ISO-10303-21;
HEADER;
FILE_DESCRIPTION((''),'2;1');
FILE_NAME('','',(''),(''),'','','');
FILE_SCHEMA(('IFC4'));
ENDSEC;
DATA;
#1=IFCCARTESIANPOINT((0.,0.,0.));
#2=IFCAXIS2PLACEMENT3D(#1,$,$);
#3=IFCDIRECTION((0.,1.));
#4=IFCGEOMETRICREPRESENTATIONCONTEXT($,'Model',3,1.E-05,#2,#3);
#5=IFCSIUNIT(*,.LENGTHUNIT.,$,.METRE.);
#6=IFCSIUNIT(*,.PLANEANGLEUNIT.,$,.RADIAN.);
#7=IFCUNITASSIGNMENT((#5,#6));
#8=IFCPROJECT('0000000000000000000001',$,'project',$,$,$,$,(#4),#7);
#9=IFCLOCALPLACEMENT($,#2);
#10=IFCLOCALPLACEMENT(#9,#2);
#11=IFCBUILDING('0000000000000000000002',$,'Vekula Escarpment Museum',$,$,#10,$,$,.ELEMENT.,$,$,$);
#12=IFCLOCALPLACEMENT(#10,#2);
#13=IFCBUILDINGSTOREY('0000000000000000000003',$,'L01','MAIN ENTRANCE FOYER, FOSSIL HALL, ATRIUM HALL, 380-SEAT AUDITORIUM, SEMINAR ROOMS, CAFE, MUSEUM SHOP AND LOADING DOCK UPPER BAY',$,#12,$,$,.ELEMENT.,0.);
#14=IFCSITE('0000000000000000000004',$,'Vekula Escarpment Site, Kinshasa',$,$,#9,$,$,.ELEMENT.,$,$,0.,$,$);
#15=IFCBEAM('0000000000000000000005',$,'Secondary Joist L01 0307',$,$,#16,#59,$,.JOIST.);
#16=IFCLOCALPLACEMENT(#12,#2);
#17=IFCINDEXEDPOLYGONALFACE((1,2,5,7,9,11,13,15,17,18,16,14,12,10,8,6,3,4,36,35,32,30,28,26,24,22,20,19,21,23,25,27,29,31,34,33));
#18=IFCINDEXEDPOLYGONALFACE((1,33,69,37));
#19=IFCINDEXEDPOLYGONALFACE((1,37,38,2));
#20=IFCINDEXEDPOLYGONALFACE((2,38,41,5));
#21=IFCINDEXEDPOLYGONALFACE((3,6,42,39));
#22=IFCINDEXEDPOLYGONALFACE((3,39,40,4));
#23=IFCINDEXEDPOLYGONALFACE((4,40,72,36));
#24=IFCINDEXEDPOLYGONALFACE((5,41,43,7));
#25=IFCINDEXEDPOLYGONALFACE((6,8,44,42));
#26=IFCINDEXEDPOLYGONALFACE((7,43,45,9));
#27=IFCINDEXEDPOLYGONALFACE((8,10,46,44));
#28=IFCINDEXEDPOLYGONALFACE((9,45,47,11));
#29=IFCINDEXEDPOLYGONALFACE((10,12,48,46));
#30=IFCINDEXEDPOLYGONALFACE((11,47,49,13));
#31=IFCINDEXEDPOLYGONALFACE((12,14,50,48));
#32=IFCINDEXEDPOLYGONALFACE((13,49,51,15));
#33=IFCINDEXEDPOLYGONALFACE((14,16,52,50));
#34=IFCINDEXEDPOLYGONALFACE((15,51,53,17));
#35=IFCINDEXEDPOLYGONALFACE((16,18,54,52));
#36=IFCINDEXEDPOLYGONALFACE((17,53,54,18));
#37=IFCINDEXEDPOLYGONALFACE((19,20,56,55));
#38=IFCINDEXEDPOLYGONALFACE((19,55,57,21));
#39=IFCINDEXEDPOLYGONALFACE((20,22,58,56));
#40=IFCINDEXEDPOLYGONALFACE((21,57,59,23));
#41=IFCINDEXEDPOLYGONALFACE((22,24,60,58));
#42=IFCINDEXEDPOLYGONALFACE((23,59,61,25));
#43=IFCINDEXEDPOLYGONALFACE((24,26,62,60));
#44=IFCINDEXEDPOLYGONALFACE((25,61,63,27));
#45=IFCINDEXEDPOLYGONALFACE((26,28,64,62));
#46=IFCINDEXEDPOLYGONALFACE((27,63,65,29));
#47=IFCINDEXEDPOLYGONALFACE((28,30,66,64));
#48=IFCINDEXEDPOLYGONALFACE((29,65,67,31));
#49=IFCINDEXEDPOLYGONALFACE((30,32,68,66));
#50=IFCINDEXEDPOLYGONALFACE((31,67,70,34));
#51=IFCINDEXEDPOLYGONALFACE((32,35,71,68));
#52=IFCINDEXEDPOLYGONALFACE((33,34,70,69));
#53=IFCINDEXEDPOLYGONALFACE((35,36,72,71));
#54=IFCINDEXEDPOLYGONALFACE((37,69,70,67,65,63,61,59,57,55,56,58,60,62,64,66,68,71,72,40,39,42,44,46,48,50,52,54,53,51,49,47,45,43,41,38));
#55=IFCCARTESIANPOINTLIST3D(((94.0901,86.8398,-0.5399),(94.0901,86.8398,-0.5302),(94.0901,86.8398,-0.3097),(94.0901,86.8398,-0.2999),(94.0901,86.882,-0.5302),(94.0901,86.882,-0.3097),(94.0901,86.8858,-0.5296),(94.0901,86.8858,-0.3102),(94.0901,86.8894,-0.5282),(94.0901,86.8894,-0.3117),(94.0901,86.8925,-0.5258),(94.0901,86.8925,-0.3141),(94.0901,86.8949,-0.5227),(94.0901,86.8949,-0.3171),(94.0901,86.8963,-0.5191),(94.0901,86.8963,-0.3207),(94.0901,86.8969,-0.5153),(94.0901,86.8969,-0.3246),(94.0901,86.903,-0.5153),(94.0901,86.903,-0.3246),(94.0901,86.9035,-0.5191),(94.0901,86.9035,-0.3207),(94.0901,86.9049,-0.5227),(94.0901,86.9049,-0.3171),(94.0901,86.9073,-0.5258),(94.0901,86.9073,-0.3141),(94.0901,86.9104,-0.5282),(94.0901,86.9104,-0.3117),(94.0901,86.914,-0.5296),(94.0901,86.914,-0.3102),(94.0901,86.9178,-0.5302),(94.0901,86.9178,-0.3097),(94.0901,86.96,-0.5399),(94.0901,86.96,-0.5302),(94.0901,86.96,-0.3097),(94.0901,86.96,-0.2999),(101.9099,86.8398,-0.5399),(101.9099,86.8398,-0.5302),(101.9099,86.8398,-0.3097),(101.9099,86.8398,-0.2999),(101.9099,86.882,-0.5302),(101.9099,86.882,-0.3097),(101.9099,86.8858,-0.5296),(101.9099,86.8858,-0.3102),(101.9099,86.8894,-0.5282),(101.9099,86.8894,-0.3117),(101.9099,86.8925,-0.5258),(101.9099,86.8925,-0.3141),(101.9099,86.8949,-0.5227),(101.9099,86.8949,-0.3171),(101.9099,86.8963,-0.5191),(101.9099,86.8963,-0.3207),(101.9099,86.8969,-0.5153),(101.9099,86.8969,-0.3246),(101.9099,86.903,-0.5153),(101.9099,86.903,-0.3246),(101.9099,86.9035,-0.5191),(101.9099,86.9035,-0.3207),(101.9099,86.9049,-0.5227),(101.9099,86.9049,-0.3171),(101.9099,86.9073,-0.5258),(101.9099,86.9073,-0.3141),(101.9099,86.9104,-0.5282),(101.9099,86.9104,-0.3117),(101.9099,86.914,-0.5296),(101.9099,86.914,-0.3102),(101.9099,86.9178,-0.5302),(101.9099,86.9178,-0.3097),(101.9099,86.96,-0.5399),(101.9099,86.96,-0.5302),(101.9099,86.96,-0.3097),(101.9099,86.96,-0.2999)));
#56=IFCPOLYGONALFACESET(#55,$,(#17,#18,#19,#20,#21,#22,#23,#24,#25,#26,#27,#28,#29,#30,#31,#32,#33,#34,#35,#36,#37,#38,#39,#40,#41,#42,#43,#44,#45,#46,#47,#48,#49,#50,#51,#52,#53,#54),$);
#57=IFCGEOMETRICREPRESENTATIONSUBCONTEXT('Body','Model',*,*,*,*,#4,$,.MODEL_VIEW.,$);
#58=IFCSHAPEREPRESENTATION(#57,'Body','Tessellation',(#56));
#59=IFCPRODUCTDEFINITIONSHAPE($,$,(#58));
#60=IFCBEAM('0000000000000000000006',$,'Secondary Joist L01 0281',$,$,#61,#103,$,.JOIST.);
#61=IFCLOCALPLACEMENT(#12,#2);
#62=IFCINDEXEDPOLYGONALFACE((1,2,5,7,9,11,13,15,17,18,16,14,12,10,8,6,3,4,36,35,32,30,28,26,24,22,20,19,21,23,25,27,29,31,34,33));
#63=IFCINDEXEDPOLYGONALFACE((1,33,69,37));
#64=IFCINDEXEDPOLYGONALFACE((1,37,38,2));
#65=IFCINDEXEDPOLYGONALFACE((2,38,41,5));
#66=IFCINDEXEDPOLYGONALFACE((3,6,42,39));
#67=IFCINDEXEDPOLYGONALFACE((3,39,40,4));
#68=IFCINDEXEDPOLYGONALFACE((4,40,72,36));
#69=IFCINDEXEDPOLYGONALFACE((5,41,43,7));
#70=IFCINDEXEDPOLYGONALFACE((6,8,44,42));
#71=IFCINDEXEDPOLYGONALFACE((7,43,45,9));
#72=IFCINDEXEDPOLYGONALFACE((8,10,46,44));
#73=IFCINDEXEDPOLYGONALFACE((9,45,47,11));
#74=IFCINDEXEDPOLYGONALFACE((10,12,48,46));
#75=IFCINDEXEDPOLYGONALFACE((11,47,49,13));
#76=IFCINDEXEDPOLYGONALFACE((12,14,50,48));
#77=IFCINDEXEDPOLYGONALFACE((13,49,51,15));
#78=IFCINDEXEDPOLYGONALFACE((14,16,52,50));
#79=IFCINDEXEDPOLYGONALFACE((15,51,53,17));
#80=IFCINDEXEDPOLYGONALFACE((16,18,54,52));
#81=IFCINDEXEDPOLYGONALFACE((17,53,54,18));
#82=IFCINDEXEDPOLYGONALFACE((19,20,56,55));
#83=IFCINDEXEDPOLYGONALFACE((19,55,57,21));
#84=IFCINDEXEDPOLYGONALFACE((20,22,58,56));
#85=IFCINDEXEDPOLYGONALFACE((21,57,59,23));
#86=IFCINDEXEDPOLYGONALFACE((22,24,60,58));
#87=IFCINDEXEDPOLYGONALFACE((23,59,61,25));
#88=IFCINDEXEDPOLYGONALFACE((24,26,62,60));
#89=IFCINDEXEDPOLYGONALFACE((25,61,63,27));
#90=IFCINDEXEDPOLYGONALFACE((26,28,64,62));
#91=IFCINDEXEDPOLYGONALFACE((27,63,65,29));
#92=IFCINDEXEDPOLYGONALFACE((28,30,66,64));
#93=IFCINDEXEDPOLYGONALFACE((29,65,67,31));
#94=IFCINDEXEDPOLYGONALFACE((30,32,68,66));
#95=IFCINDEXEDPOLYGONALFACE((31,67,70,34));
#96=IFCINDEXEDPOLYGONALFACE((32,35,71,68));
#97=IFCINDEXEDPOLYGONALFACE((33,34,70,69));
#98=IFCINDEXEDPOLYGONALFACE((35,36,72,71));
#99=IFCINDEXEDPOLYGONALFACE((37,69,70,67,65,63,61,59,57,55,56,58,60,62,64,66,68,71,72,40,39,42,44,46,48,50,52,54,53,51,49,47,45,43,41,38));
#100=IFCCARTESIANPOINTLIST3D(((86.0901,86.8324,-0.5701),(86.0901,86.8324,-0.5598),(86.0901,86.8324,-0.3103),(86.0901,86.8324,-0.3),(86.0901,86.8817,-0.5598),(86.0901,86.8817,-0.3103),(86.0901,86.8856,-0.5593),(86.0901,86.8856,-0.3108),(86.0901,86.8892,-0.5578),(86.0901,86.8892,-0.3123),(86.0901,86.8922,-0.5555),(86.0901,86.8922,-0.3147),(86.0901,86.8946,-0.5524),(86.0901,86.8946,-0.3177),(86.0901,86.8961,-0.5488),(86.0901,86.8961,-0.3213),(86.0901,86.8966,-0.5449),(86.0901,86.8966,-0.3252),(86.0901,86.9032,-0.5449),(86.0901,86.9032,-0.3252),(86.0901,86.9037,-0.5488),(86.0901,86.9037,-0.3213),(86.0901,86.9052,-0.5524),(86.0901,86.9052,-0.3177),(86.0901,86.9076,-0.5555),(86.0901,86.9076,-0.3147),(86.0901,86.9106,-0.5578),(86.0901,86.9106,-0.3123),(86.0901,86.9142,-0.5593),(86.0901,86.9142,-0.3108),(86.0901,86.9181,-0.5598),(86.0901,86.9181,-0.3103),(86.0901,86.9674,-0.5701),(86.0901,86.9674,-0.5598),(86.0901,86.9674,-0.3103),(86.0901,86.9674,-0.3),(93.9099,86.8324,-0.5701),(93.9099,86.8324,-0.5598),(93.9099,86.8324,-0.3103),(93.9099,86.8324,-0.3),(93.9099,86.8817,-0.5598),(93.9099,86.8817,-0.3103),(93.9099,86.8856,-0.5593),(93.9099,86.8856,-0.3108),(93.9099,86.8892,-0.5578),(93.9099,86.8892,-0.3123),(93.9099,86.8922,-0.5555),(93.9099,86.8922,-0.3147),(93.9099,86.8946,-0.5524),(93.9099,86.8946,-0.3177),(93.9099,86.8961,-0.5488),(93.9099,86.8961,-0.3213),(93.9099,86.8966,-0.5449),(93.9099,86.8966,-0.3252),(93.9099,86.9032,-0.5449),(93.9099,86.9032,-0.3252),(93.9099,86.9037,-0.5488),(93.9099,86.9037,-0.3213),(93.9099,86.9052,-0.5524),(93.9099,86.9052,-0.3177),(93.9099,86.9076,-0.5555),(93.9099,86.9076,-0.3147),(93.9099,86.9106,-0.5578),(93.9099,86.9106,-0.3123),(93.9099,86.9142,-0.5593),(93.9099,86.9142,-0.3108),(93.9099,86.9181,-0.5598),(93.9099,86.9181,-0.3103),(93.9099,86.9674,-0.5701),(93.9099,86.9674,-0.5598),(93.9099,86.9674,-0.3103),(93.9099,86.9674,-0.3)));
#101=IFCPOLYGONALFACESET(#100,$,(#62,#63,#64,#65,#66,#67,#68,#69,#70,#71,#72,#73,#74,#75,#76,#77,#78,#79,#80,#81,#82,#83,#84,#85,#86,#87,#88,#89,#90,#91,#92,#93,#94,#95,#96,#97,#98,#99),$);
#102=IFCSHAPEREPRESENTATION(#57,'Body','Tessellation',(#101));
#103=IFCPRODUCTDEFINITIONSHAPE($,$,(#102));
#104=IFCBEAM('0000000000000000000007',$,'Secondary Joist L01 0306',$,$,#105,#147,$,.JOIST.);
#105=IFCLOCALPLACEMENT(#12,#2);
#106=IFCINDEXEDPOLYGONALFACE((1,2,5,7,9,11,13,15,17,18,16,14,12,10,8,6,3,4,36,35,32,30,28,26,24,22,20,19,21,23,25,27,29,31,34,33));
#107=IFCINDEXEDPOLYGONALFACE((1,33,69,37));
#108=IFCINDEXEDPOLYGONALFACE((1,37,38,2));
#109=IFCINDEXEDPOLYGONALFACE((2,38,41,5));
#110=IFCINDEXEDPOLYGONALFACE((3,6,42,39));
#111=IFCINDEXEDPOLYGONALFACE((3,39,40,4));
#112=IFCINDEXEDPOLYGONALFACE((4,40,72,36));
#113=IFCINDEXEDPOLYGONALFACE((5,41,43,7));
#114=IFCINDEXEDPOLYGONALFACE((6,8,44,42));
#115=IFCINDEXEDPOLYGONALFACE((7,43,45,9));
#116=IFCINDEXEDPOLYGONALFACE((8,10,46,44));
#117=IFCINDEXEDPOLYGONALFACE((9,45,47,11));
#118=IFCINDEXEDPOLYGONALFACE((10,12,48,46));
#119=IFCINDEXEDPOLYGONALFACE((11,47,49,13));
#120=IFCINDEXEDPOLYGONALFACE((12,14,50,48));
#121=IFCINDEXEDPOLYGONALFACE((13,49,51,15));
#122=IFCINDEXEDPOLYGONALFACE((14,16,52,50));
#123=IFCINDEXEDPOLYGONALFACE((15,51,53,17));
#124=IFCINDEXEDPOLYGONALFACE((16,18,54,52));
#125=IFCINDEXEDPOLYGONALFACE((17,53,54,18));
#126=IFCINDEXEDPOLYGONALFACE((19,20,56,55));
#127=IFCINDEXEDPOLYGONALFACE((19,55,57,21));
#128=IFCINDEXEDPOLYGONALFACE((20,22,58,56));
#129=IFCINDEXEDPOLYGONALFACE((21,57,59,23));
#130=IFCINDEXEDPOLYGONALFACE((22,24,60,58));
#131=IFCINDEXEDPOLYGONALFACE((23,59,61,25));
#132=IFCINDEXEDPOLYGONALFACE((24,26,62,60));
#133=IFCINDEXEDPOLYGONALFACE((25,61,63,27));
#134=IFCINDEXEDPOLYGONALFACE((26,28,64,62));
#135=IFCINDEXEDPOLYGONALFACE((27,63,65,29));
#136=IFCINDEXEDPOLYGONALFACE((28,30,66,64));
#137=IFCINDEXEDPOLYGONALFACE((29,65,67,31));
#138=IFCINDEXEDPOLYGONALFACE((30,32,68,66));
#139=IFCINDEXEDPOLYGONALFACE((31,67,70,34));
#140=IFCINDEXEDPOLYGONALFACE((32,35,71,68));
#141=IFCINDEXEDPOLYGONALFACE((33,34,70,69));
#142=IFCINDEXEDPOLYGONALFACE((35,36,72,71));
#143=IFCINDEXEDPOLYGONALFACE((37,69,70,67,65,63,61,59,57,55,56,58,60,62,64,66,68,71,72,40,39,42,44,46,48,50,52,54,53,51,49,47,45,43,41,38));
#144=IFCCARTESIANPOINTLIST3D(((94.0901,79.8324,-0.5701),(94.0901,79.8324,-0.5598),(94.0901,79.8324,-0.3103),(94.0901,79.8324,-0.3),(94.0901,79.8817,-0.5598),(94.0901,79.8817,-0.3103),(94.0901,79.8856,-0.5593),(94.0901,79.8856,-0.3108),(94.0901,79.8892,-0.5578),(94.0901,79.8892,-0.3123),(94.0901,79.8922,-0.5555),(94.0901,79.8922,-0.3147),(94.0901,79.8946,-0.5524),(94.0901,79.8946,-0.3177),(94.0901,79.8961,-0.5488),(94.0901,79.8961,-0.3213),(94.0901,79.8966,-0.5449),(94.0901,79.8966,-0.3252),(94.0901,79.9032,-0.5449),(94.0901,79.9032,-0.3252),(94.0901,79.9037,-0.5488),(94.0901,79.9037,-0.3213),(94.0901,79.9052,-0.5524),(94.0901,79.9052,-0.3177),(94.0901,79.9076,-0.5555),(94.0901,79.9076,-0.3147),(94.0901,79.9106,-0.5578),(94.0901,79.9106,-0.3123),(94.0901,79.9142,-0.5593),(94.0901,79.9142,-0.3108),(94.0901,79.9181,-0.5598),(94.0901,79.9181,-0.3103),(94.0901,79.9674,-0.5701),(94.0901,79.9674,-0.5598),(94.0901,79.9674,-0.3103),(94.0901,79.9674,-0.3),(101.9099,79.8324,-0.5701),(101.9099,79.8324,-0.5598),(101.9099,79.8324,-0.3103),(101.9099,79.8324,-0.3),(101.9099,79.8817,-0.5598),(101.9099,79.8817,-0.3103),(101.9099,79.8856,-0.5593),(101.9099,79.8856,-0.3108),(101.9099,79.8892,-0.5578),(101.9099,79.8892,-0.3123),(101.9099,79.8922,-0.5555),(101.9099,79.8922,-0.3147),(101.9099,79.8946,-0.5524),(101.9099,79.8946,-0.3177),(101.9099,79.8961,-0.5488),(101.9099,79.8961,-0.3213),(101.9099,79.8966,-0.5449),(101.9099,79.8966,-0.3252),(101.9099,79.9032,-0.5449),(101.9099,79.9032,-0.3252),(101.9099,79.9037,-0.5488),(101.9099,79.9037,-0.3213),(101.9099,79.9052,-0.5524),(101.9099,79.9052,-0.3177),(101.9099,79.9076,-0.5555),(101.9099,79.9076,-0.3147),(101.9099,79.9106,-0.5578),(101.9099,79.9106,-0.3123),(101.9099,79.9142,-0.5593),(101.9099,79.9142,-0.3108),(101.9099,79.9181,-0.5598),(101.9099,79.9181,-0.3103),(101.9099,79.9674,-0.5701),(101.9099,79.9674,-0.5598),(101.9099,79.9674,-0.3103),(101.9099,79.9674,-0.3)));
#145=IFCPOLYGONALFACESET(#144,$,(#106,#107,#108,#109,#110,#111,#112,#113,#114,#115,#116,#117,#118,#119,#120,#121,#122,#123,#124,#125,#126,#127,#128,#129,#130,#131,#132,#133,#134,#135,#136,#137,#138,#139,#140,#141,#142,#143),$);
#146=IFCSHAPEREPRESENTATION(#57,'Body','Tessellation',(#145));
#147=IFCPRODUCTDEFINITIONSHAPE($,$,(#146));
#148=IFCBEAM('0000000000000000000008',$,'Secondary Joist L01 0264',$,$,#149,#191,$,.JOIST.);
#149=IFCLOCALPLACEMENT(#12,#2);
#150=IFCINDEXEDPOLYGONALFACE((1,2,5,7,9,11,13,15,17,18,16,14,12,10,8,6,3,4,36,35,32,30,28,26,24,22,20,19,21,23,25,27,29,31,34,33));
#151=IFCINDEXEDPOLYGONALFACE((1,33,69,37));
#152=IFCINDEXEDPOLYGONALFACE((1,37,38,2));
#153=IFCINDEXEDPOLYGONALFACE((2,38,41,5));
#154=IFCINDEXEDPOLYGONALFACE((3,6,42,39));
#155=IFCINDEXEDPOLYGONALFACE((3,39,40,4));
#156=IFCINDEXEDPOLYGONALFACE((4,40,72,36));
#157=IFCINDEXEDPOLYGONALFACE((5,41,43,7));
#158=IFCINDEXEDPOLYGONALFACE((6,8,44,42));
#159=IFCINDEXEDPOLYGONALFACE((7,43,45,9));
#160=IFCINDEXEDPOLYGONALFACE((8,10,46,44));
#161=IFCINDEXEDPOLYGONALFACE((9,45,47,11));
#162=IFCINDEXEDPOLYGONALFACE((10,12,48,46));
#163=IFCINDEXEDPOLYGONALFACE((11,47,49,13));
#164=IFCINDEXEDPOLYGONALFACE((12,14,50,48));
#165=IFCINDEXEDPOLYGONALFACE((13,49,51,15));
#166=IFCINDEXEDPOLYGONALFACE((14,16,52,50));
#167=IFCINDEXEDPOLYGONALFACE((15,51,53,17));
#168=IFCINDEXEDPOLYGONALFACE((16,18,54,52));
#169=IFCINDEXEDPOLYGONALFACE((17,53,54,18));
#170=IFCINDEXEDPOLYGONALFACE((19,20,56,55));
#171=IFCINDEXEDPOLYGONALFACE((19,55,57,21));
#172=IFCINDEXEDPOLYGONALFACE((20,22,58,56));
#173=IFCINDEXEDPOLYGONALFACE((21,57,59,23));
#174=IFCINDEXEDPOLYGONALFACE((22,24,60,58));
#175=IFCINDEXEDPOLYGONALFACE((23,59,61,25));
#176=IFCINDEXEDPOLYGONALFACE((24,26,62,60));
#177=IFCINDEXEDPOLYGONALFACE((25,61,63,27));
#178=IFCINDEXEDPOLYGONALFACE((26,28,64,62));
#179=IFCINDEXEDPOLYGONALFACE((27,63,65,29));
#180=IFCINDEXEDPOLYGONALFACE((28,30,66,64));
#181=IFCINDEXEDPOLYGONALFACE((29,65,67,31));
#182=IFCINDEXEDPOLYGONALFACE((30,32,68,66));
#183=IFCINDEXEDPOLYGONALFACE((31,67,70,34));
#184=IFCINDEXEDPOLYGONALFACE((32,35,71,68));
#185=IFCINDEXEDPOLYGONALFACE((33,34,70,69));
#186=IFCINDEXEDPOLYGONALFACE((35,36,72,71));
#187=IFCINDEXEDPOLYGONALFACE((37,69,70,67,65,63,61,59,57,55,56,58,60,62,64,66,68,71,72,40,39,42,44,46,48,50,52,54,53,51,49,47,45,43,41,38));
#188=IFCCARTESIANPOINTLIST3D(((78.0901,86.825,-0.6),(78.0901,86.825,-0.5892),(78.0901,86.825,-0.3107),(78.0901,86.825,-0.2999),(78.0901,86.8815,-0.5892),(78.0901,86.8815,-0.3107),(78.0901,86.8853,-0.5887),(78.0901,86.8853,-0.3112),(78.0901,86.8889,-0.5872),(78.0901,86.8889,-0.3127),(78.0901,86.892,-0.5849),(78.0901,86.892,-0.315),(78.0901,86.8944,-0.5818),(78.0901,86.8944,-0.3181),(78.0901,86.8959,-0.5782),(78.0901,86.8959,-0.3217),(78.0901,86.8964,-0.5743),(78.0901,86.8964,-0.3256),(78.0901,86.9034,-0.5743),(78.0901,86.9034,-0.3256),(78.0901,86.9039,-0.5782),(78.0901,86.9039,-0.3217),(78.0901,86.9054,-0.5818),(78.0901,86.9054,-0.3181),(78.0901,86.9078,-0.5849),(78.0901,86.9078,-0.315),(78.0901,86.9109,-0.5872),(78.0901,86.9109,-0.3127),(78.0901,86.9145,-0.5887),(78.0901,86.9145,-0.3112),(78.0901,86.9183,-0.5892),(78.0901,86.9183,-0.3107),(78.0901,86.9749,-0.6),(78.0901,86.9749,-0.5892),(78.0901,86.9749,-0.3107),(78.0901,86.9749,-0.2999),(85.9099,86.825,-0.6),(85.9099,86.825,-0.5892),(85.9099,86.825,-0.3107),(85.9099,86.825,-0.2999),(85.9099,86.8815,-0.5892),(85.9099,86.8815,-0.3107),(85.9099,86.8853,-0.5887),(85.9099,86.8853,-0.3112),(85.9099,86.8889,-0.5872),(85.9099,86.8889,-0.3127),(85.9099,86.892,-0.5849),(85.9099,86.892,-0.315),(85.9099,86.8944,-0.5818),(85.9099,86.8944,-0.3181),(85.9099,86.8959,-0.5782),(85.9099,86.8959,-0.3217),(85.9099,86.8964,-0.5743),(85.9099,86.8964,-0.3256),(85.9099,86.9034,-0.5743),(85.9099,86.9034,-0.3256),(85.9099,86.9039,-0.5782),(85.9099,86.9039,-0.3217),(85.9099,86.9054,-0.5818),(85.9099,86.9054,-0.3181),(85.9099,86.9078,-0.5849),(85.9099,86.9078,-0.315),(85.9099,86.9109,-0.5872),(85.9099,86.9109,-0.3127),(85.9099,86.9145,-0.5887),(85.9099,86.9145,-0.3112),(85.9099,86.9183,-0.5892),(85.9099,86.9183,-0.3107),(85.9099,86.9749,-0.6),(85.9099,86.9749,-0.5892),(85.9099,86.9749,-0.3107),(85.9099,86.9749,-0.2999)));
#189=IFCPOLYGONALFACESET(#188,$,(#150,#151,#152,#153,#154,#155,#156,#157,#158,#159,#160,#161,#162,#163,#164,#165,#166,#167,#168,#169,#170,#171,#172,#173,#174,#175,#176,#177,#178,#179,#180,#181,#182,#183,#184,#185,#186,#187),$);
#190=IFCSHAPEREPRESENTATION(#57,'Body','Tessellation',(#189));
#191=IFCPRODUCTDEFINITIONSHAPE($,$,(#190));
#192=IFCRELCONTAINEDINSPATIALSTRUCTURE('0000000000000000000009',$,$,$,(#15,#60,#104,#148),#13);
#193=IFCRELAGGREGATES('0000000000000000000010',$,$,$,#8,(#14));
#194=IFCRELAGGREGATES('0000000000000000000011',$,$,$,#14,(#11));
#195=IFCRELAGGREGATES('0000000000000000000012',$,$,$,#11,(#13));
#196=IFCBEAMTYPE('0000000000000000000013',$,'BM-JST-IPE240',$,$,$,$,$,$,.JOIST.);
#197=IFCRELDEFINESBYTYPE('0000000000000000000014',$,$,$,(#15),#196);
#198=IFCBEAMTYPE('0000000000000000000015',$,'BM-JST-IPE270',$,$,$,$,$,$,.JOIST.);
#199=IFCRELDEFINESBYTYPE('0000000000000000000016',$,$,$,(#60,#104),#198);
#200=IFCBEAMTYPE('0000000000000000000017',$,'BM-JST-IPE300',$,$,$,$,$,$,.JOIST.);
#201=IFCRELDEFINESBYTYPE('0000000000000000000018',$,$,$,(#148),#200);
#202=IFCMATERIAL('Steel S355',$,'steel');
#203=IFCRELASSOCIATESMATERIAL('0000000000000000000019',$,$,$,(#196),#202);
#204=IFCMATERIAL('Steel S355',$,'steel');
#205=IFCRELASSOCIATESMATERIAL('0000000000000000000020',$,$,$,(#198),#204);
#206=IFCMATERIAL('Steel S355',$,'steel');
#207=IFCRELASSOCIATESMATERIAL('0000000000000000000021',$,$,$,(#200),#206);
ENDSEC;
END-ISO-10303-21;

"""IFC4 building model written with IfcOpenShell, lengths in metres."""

from ifc_helpers import new_model, si_unit, direction, frame, origin, origin_2d, place, context, subcontext, project, spatial, i_section, extrude, material, material_profile, profile_set, type_object, element, save


model = new_model("IFC4")

# Units and contexts
model_context = context("Model", 3, precision=1e-05, world=origin(), true_north=direction((0.0, 1.0)))
body_context = subcontext(model_context, "Body", "Model", "MODEL_VIEW")
ifc_project = project(units=[si_unit("LENGTHUNIT", "METRE"), si_unit("PLANEANGLEUNIT", "RADIAN")], contexts=[model_context])

# Site, building, storey
site_placement = place(None, origin())
site = spatial("IfcSite", under=ifc_project, at=site_placement, Name="Vekula Escarpment Site, Kinshasa", CompositionType="ELEMENT", RefElevation=0.0)
building_placement = place(site_placement, origin())
building = spatial("IfcBuilding", under=site, at=building_placement, Name="Vekula Escarpment Museum", CompositionType="ELEMENT")
storey_placement = place(building_placement, origin())
storey = spatial("IfcBuildingStorey", under=building, at=storey_placement, Name="L01", Description="MAIN ENTRANCE FOYER, FOSSIL HALL, ATRIUM HALL, 380-SEAT AUDITORIUM, SEMINAR ROOMS, CAFE, MUSEUM SHOP AND LOADING DOCK UPPER BAY", CompositionType="ELEMENT", Elevation=0.0)

# Beams
ifc_material_1 = material(Name="Steel S355", Category="steel")
ifc_material_profile_1 = material_profile(ifc_material_1, i_section(OverallWidth=0.1201, OverallDepth=0.24, WebThickness=0.0061, FlangeThickness=0.0098, FilletRadius=0.0149, at=origin_2d()), Name="IPE 240")
ifc_profile_set_1 = profile_set([ifc_material_profile_1], Name="Steel S355")
beam_type_1 = type_object("IfcBeamType", Name="BM-JST-IPE240", PredefinedType="JOIST", material=ifc_profile_set_1)
beam_1_placement = place(storey_placement, frame((94.0901, 86.8999, -0.4199), z_axis=(1.0, 0.0, 0.0), x_axis=(0.0, 1.0, 0.0)))
element("IfcBeam", 1, at=beam_1_placement, inside=storey, type_object=beam_type_1, Name="Secondary Joist L01 0307", PredefinedType="JOIST", context=body_context, shape_type="SweptSolid", body=[
    extrude(i_section(OverallWidth=0.1201, OverallDepth=0.24, WebThickness=0.0061, FlangeThickness=0.0098, FilletRadius=0.0149, at=origin_2d()), origin(), (0.0, 0.0, 1.0), 7.8198),
])
ifc_material_2 = material(Name="Steel S355", Category="steel")
ifc_material_profile_2 = material_profile(ifc_material_2, i_section(OverallWidth=0.135, OverallDepth=0.27, WebThickness=0.0066, FlangeThickness=0.0103, FilletRadius=0.0149, at=origin_2d()), Name="IPE 270")
ifc_profile_set_2 = profile_set([ifc_material_profile_2], Name="Steel S355")
beam_type_2 = type_object("IfcBeamType", Name="BM-JST-IPE270", PredefinedType="JOIST", material=ifc_profile_set_2)
for number, where, z_axis, x_axis, name in (
    (2, (86.0901, 86.8999, -0.4351), (1.0, 0.0, 0.0), (0.0, 1.0, 0.0), "Secondary Joist L01 0281"),
    (3, (94.0901, 79.8999, -0.4351), (1.0, 0.0, 0.0), (0.0, 1.0, 0.0), "Secondary Joist L01 0306"),
):
    element("IfcBeam", number, at=place(storey_placement, frame(where, z_axis=z_axis, x_axis=x_axis)), inside=storey, type_object=beam_type_2, Name=name, PredefinedType="JOIST", context=body_context, shape_type="SweptSolid", body=[
        extrude(i_section(OverallWidth=0.135, OverallDepth=0.27, WebThickness=0.0066, FlangeThickness=0.0103, FilletRadius=0.0149, at=origin_2d()), origin(), (0.0, 0.0, 1.0), 7.8198),
    ])
ifc_material_3 = material(Name="Steel S355", Category="steel")
ifc_material_profile_3 = material_profile(ifc_material_3, i_section(OverallWidth=0.1499, OverallDepth=0.3, WebThickness=0.0071, FlangeThickness=0.0107, FilletRadius=0.0149, at=origin_2d()), Name="IPE 300")
ifc_profile_set_3 = profile_set([ifc_material_profile_3], Name="Steel S355")
beam_type_3 = type_object("IfcBeamType", Name="BM-JST-IPE300", PredefinedType="JOIST", material=ifc_profile_set_3)
beam_2_placement = place(storey_placement, frame((78.0901, 86.8999, -0.45), z_axis=(1.0, 0.0, 0.0), x_axis=(0.0, 1.0, 0.0)))
element("IfcBeam", 4, at=beam_2_placement, inside=storey, type_object=beam_type_3, Name="Secondary Joist L01 0264", PredefinedType="JOIST", context=body_context, shape_type="SweptSolid", body=[
    extrude(i_section(OverallWidth=0.1499, OverallDepth=0.3, WebThickness=0.0071, FlangeThickness=0.0107, FilletRadius=0.0149, at=origin_2d()), origin(), (0.0, 0.0, 1.0), 7.8198),
])

save(model, "model.ifc")
